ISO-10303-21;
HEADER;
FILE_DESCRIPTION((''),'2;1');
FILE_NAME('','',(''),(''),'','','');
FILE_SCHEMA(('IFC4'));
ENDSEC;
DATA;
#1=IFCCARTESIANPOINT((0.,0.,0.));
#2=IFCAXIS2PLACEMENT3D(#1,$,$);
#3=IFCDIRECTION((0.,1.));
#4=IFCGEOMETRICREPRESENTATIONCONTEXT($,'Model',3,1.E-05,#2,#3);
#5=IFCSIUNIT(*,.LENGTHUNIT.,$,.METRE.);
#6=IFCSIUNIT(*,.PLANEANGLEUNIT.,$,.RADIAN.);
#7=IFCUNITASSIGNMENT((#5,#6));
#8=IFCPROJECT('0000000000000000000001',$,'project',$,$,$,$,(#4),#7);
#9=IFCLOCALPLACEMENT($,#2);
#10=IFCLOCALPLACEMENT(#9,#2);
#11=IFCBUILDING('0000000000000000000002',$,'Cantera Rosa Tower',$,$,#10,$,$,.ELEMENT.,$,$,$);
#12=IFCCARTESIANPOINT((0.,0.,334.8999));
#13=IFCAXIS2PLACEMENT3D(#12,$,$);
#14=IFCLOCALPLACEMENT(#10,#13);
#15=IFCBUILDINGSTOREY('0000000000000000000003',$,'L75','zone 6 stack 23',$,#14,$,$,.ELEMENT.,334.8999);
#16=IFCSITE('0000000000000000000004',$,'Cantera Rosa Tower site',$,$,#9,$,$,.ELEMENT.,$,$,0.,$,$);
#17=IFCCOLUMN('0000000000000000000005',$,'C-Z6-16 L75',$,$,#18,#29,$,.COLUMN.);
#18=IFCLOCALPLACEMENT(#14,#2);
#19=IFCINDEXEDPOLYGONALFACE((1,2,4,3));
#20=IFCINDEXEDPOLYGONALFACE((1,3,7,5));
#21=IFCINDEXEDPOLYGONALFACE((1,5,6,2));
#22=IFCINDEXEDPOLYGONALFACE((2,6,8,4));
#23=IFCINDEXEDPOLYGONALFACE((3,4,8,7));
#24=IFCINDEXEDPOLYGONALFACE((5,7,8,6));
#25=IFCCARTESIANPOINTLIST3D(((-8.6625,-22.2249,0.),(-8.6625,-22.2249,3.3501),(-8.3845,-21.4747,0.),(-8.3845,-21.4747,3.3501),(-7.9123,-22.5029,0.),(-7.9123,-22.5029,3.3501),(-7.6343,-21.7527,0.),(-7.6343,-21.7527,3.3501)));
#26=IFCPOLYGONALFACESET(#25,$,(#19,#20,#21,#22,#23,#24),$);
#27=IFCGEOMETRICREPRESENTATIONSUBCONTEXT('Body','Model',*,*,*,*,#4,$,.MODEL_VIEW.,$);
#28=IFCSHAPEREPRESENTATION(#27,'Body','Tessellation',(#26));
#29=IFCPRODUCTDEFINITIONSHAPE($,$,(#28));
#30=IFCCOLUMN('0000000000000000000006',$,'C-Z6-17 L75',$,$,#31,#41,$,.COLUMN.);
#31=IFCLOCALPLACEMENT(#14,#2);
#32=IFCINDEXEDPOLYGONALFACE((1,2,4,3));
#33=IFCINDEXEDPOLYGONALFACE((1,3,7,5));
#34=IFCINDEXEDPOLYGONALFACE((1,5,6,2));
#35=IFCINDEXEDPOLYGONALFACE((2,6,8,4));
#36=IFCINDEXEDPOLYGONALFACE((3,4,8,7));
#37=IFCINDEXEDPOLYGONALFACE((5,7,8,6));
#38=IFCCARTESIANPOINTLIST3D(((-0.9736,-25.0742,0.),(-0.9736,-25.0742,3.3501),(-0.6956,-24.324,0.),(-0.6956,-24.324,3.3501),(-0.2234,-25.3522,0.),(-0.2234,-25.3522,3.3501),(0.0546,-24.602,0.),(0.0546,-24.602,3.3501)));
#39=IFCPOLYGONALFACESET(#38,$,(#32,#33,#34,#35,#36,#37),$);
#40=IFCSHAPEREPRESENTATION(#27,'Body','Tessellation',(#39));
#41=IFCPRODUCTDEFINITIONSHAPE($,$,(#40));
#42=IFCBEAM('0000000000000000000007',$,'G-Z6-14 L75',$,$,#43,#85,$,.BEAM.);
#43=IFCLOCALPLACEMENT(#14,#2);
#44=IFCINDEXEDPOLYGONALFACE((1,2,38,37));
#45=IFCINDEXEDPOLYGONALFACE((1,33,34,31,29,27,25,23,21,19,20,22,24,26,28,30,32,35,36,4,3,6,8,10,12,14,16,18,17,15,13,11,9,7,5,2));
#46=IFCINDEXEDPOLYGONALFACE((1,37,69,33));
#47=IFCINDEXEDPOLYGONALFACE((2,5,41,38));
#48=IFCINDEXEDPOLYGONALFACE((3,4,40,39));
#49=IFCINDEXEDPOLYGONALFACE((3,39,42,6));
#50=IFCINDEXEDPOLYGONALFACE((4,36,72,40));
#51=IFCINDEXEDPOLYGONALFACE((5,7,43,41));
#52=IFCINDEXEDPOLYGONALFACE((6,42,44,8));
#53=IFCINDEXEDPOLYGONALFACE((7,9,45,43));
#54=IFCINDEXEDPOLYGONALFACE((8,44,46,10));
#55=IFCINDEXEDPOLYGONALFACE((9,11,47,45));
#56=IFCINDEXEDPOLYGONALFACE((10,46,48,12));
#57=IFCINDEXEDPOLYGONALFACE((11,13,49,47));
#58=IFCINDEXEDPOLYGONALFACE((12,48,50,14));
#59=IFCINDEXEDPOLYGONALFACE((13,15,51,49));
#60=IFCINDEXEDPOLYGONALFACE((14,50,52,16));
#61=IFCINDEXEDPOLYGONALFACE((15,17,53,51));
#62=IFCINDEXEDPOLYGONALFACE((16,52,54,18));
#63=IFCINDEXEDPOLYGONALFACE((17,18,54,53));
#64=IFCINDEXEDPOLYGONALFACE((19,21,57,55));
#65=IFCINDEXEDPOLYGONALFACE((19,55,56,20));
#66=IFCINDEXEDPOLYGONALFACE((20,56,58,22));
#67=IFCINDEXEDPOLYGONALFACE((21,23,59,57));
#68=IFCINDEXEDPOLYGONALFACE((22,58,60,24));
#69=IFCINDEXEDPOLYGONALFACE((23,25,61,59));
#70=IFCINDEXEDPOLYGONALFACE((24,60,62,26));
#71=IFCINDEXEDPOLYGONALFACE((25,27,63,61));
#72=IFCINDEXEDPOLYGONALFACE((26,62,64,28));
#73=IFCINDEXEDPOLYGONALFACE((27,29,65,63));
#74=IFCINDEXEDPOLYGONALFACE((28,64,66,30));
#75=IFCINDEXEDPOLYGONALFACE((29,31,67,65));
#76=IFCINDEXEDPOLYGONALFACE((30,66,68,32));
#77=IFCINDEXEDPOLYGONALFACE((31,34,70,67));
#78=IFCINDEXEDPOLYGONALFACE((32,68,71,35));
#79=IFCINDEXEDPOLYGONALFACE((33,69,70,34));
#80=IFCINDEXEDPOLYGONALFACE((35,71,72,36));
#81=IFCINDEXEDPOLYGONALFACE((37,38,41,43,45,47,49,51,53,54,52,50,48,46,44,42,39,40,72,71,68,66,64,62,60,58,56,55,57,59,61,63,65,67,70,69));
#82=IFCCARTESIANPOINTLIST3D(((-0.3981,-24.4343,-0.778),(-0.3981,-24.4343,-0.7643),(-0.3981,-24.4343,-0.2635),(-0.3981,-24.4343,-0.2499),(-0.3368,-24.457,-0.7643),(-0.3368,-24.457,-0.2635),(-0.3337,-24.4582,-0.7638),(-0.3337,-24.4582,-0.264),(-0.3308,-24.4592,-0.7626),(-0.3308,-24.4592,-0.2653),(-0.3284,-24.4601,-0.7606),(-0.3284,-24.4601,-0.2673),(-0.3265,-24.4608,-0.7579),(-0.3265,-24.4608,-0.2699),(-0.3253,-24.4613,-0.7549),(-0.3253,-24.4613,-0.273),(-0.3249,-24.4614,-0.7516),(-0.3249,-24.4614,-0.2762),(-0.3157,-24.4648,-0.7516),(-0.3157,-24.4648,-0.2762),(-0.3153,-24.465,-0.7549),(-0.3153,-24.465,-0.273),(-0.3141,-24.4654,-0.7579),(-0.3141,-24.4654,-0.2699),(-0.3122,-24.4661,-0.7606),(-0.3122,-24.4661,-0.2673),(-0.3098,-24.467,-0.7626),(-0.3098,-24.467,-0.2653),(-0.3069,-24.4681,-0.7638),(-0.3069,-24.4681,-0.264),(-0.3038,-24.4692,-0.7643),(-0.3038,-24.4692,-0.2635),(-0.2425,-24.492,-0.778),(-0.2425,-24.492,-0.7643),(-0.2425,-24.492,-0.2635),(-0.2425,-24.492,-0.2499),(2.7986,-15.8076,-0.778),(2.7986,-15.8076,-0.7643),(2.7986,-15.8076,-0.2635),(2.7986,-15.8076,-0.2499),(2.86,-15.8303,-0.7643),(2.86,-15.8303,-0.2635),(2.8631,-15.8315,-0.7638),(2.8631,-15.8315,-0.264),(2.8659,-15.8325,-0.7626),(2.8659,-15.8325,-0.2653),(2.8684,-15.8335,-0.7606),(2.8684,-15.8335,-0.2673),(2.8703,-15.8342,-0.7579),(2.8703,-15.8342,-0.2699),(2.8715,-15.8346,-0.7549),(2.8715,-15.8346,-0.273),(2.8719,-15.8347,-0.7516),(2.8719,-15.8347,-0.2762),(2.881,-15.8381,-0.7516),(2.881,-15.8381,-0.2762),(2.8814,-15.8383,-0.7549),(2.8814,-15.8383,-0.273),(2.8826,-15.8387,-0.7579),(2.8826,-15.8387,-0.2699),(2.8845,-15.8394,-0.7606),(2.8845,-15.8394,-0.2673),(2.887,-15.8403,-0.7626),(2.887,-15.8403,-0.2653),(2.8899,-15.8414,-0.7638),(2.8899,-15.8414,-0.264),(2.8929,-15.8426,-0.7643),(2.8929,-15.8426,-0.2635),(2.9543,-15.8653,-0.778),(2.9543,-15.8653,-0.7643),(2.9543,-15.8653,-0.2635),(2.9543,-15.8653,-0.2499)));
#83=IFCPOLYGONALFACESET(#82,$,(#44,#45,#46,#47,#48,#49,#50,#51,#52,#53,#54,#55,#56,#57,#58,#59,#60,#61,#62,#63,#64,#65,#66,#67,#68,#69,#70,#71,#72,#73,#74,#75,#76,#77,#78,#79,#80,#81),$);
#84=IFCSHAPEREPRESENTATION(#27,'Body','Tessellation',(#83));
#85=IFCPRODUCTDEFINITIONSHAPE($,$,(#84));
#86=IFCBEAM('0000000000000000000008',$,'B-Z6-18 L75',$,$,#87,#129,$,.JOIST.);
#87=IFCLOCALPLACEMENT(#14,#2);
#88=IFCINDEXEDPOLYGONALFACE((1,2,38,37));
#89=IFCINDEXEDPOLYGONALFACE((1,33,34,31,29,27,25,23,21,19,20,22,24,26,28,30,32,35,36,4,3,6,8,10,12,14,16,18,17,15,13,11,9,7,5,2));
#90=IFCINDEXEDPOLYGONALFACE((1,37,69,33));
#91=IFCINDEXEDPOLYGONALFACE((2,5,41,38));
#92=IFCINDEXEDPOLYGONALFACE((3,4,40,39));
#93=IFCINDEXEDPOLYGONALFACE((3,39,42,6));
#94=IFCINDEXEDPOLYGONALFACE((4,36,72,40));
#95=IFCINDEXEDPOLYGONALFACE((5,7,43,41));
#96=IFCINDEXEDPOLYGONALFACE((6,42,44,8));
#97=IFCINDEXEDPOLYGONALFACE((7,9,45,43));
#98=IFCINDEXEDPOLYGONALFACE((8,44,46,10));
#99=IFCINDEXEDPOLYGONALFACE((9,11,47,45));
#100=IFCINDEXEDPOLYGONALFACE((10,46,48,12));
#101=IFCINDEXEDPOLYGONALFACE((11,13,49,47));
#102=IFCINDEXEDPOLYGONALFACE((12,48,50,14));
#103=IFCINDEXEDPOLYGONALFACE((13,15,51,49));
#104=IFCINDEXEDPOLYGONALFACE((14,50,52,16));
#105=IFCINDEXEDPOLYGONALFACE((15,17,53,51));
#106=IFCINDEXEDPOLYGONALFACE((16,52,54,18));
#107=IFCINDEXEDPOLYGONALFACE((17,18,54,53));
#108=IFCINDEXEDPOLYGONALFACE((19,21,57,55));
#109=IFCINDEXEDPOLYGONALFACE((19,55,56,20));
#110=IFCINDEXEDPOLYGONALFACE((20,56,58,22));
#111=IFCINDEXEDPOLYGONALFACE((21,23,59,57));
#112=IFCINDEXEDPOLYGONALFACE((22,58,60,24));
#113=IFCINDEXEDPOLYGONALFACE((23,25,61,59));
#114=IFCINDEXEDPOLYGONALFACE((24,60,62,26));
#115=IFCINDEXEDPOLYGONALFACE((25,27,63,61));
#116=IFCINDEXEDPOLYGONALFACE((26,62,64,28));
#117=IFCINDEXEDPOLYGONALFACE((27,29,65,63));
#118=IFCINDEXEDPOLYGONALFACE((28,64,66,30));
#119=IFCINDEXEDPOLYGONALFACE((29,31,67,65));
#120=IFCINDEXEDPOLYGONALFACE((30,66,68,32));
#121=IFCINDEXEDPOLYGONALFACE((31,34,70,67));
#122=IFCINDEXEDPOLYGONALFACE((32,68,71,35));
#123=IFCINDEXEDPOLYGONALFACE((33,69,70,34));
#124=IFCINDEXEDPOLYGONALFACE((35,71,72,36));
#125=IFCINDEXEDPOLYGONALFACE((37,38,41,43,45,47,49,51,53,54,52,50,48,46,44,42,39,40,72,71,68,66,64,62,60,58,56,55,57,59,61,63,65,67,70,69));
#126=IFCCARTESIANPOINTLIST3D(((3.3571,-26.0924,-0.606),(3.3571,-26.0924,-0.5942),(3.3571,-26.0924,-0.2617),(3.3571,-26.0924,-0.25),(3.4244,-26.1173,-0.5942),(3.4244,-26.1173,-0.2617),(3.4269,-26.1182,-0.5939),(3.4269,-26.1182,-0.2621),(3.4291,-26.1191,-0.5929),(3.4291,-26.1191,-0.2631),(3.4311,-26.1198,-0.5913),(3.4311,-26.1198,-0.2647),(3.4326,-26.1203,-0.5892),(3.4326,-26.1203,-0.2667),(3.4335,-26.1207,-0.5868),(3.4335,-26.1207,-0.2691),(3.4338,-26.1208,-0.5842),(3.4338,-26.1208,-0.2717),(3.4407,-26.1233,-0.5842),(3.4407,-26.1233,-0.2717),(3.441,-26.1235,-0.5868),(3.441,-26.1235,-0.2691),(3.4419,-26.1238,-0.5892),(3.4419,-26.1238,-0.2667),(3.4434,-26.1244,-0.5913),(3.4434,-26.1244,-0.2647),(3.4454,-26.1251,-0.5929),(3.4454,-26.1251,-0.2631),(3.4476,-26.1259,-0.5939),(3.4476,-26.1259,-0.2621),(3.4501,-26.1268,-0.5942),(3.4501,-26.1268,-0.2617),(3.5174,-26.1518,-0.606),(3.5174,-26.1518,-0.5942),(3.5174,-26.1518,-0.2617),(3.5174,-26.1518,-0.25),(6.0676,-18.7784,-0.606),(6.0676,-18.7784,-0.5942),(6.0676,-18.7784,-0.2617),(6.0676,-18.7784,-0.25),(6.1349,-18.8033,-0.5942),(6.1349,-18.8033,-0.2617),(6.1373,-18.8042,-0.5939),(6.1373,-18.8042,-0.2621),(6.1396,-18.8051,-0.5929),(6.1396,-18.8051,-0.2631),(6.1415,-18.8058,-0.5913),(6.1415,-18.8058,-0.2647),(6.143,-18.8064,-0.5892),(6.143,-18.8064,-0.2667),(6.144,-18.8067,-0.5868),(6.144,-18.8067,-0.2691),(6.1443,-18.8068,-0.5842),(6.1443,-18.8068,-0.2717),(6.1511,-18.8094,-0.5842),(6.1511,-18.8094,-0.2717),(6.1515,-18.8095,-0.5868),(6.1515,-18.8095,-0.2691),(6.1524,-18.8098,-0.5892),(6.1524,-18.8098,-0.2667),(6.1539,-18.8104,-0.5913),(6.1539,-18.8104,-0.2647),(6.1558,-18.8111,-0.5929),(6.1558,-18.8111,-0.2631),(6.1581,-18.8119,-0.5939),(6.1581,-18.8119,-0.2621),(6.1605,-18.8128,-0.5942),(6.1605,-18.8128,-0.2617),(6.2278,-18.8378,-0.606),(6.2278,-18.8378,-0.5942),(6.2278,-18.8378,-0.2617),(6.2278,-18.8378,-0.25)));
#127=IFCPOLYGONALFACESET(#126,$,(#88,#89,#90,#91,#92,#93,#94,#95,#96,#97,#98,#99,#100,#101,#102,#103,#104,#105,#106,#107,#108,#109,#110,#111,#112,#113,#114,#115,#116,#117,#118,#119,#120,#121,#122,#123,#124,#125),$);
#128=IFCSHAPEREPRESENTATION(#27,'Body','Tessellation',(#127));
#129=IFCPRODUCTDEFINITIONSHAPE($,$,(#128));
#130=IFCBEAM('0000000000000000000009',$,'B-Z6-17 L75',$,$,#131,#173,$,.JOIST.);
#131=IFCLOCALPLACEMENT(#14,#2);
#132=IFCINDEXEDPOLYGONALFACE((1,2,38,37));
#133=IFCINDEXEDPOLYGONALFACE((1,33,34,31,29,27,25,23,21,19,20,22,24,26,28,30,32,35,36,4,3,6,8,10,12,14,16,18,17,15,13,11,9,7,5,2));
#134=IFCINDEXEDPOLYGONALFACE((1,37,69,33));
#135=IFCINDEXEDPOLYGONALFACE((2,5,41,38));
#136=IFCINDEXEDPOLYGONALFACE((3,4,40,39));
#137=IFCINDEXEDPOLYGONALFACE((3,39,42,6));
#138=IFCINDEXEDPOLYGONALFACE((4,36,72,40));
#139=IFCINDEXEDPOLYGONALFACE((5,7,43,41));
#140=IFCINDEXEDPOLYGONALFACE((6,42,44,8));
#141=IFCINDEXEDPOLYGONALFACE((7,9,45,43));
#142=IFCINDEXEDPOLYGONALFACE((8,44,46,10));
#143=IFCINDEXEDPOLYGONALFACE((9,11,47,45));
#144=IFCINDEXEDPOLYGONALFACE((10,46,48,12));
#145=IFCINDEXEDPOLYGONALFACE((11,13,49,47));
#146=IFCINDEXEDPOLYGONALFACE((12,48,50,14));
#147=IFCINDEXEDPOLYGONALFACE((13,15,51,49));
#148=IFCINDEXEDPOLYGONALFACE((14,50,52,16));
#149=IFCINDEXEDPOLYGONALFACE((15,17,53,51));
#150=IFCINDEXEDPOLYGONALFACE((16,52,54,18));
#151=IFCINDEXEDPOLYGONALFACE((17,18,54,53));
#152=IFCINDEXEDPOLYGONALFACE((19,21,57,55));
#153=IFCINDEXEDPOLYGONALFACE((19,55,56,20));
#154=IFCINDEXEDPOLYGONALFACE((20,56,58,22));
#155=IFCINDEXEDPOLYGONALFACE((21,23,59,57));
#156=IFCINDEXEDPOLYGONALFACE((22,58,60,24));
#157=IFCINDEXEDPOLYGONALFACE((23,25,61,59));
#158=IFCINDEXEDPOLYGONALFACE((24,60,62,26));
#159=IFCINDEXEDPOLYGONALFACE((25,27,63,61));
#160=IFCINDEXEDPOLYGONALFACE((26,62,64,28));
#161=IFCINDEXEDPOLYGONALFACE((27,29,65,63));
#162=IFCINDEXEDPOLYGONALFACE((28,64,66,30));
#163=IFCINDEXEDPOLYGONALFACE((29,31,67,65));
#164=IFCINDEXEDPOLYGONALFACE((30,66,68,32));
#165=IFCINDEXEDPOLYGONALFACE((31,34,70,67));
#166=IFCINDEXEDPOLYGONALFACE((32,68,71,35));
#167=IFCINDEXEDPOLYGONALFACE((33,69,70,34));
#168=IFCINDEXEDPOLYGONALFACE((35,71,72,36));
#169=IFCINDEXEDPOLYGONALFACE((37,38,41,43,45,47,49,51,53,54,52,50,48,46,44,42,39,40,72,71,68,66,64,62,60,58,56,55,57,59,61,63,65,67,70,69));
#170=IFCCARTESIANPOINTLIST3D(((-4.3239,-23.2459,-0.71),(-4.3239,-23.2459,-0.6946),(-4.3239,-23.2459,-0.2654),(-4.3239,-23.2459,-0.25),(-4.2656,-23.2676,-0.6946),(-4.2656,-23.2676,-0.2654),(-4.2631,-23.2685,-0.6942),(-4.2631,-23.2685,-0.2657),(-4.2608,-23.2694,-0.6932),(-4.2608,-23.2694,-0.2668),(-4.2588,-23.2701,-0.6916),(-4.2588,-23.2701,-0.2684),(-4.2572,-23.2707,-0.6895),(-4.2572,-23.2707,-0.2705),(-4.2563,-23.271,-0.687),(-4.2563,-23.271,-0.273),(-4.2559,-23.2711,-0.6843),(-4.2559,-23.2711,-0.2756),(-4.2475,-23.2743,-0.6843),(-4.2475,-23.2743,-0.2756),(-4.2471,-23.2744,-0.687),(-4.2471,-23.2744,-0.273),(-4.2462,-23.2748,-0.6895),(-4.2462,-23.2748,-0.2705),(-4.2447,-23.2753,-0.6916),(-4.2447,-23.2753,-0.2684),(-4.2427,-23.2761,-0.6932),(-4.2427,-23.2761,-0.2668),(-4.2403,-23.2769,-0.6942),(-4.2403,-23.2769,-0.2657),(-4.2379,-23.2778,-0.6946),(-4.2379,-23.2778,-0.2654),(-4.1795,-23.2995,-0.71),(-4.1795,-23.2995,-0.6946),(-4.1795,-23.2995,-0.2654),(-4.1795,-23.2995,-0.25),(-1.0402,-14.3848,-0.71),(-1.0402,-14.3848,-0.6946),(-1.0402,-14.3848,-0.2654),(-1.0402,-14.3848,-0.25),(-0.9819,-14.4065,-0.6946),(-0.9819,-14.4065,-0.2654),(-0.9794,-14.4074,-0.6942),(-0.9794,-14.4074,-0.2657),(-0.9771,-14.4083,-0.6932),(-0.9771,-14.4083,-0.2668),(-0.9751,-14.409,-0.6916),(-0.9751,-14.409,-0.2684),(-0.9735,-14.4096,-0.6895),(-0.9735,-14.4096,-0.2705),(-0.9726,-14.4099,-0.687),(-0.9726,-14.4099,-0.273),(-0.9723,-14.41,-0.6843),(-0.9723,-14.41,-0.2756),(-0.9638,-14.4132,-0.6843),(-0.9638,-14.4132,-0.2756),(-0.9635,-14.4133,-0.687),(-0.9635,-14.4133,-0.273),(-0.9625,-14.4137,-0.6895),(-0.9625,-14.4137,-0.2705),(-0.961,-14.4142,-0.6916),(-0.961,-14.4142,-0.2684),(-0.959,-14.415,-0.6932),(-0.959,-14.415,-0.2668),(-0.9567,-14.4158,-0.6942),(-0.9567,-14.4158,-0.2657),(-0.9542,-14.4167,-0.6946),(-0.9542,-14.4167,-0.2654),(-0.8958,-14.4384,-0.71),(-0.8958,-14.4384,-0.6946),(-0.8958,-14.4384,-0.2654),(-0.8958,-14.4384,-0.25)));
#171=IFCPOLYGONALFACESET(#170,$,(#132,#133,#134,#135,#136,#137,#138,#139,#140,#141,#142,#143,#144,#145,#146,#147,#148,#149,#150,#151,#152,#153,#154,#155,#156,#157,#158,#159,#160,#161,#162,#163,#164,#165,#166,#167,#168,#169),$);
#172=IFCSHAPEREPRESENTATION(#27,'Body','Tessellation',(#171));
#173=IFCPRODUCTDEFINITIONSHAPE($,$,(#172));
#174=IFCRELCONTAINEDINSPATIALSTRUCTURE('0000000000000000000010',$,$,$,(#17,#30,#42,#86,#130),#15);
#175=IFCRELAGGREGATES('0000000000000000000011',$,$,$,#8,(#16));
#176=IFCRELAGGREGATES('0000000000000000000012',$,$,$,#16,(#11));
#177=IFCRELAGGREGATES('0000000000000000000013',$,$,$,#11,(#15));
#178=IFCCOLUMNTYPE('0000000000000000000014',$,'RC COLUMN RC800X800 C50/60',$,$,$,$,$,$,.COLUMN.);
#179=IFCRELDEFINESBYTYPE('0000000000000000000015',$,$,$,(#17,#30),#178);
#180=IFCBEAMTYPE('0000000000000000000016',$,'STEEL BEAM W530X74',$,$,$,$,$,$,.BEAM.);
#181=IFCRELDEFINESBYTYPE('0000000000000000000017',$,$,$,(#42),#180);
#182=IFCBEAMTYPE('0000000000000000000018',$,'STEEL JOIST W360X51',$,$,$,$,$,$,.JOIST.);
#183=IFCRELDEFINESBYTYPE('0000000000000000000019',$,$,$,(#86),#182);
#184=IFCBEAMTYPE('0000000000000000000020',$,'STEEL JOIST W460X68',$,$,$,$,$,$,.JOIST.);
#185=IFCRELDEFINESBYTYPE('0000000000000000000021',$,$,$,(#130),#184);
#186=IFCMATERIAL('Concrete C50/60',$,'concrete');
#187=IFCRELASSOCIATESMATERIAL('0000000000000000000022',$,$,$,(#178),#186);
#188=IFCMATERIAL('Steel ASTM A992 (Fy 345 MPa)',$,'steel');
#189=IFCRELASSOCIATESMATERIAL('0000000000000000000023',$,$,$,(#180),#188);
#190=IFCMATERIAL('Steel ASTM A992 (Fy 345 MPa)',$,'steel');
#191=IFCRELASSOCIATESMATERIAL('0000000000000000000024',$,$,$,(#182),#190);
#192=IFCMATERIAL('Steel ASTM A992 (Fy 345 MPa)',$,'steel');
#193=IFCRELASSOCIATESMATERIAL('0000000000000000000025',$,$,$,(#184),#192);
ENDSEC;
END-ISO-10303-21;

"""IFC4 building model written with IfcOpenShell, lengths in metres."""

from ifc_helpers import new_model, si_unit, direction, frame, origin, origin_2d, place, context, subcontext, project, spatial, rectangle, i_section, extrude, material, material_profile, profile_set, type_object, element, save


model = new_model("IFC4")

# Units and contexts
model_context = context("Model", 3, precision=1e-05, world=origin(), true_north=direction((0.0, 1.0)))
body_context = subcontext(model_context, "Body", "Model", "MODEL_VIEW")
ifc_project = project(units=[si_unit("LENGTHUNIT", "METRE"), si_unit("PLANEANGLEUNIT", "RADIAN")], contexts=[model_context])

# Site, building, storey
site_placement = place(None, origin())
site = spatial("IfcSite", under=ifc_project, at=site_placement, Name="Cantera Rosa Tower site", CompositionType="ELEMENT", RefElevation=0.0)
building_placement = place(site_placement, origin())
building = spatial("IfcBuilding", under=site, at=building_placement, Name="Cantera Rosa Tower", CompositionType="ELEMENT")
storey_placement = place(building_placement, frame((0.0, 0.0, 334.8999)))
storey = spatial("IfcBuildingStorey", under=building, at=storey_placement, Name="L75", Description="zone 6 stack 23", CompositionType="ELEMENT", Elevation=334.8999)

# Columns
ifc_material_1 = material(Name="Concrete C50/60", Category="concrete")
ifc_material_profile_1 = material_profile(ifc_material_1, rectangle(XDim=0.8, YDim=0.8, at=origin_2d()), Name="RC COLUMN RC800X800 C50/60")
ifc_profile_set_1 = profile_set([ifc_material_profile_1], Name="Concrete C50/60")
column_type = type_object("IfcColumnType", Name="RC COLUMN RC800X800 C50/60", PredefinedType="COLUMN", material=ifc_profile_set_1)
for number, where, z_axis, x_axis, name in (
    (1, (-8.1484, -21.9888, 0.0), (0.0, 0.0, 1.0), (0.347481, 0.937687, 0.0), "C-Z6-16 L75"),
    (2, (-0.4595, -24.8381, 0.0), (0.0, 0.0, 1.0), (0.347481, 0.937687, 0.0), "C-Z6-17 L75"),
):
    element("IfcColumn", number, at=place(storey_placement, frame(where, z_axis=z_axis, x_axis=x_axis)), inside=storey, type_object=column_type, Name=name, PredefinedType="COLUMN", context=body_context, shape_type="SweptSolid", body=[
        extrude(rectangle(XDim=0.8, YDim=0.8, at=origin_2d()), origin(), (0.0, 0.0, 1.0), 3.3501),
    ])

# Beams
ifc_material_2 = material(Name="Steel ASTM A992 (Fy 345 MPa)", Category="steel")
ifc_material_profile_2 = material_profile(ifc_material_2, i_section(OverallWidth=0.166, OverallDepth=0.5281, WebThickness=0.0098, FlangeThickness=0.0137, FilletRadius=0.0127, at=origin_2d()), Name="W530X74")
ifc_profile_set_2 = profile_set([ifc_material_profile_2], Name="Steel ASTM A992 (Fy 345 MPa)")
beam_type_1 = type_object("IfcBeamType", Name="STEEL BEAM W530X74", PredefinedType="BEAM", material=ifc_profile_set_2)
beam_1_placement = place(storey_placement, frame((-0.3203, -24.4631, -0.5139), z_axis=(0.347477, 0.937689, 0.0), x_axis=(-0.937689, 0.347477, 0.0)))
element("IfcBeam", 3, at=beam_1_placement, inside=storey, type_object=beam_type_1, Name="G-Z6-14 L75", PredefinedType="BEAM", context=body_context, shape_type="SweptSolid", body=[
    extrude(i_section(OverallWidth=0.166, OverallDepth=0.5281, WebThickness=0.0098, FlangeThickness=0.0137, FilletRadius=0.0127, at=origin_2d()), origin(), (0.0, 0.0, 1.0), 9.2),
])
ifc_material_3 = material(Name="Steel ASTM A992 (Fy 345 MPa)", Category="steel")
ifc_material_profile_3 = material_profile(ifc_material_3, i_section(OverallWidth=0.1709, OverallDepth=0.356, WebThickness=0.0073, FlangeThickness=0.0117, FilletRadius=0.01, at=origin_2d()), Name="W360X51")
ifc_profile_set_3 = profile_set([ifc_material_profile_3], Name="Steel ASTM A992 (Fy 345 MPa)")
beam_type_2 = type_object("IfcBeamType", Name="STEEL JOIST W360X51", PredefinedType="JOIST", material=ifc_profile_set_3)
beam_2_placement = place(storey_placement, frame((3.4373, -26.1221, -0.428), z_axis=(0.347492, 0.937683, 0.0), x_axis=(-0.937683, 0.347492, 0.0)))
element("IfcBeam", 4, at=beam_2_placement, inside=storey, type_object=beam_type_2, Name="B-Z6-18 L75", PredefinedType="JOIST", context=body_context, shape_type="SweptSolid", body=[
    extrude(i_section(OverallWidth=0.1709, OverallDepth=0.356, WebThickness=0.0073, FlangeThickness=0.0117, FilletRadius=0.01, at=origin_2d()), origin(), (0.0, 0.0, 1.0), 7.8),
])
ifc_material_4 = material(Name="Steel ASTM A992 (Fy 345 MPa)", Category="steel")
ifc_material_profile_4 = material_profile(ifc_material_4, i_section(OverallWidth=0.1541, OverallDepth=0.46, WebThickness=0.009, FlangeThickness=0.0154, FilletRadius=0.0103, at=origin_2d()), Name="W460X68")
ifc_profile_set_4 = profile_set([ifc_material_profile_4], Name="Steel ASTM A992 (Fy 345 MPa)")
beam_type_3 = type_object("IfcBeamType", Name="STEEL JOIST W460X68", PredefinedType="JOIST", material=ifc_profile_set_4)
beam_3_placement = place(storey_placement, frame((-4.2517, -23.2727, -0.48), z_axis=(0.347483, 0.937686, 0.0), x_axis=(-0.937686, 0.347483, 0.0)))
element("IfcBeam", 5, at=beam_3_placement, inside=storey, type_object=beam_type_3, Name="B-Z6-17 L75", PredefinedType="JOIST", context=body_context, shape_type="SweptSolid", body=[
    extrude(i_section(OverallWidth=0.1541, OverallDepth=0.46, WebThickness=0.009, FlangeThickness=0.0154, FilletRadius=0.0103, at=origin_2d()), origin(), (0.0, 0.0, 1.0), 9.45),
])

save(model, "model.ifc")
